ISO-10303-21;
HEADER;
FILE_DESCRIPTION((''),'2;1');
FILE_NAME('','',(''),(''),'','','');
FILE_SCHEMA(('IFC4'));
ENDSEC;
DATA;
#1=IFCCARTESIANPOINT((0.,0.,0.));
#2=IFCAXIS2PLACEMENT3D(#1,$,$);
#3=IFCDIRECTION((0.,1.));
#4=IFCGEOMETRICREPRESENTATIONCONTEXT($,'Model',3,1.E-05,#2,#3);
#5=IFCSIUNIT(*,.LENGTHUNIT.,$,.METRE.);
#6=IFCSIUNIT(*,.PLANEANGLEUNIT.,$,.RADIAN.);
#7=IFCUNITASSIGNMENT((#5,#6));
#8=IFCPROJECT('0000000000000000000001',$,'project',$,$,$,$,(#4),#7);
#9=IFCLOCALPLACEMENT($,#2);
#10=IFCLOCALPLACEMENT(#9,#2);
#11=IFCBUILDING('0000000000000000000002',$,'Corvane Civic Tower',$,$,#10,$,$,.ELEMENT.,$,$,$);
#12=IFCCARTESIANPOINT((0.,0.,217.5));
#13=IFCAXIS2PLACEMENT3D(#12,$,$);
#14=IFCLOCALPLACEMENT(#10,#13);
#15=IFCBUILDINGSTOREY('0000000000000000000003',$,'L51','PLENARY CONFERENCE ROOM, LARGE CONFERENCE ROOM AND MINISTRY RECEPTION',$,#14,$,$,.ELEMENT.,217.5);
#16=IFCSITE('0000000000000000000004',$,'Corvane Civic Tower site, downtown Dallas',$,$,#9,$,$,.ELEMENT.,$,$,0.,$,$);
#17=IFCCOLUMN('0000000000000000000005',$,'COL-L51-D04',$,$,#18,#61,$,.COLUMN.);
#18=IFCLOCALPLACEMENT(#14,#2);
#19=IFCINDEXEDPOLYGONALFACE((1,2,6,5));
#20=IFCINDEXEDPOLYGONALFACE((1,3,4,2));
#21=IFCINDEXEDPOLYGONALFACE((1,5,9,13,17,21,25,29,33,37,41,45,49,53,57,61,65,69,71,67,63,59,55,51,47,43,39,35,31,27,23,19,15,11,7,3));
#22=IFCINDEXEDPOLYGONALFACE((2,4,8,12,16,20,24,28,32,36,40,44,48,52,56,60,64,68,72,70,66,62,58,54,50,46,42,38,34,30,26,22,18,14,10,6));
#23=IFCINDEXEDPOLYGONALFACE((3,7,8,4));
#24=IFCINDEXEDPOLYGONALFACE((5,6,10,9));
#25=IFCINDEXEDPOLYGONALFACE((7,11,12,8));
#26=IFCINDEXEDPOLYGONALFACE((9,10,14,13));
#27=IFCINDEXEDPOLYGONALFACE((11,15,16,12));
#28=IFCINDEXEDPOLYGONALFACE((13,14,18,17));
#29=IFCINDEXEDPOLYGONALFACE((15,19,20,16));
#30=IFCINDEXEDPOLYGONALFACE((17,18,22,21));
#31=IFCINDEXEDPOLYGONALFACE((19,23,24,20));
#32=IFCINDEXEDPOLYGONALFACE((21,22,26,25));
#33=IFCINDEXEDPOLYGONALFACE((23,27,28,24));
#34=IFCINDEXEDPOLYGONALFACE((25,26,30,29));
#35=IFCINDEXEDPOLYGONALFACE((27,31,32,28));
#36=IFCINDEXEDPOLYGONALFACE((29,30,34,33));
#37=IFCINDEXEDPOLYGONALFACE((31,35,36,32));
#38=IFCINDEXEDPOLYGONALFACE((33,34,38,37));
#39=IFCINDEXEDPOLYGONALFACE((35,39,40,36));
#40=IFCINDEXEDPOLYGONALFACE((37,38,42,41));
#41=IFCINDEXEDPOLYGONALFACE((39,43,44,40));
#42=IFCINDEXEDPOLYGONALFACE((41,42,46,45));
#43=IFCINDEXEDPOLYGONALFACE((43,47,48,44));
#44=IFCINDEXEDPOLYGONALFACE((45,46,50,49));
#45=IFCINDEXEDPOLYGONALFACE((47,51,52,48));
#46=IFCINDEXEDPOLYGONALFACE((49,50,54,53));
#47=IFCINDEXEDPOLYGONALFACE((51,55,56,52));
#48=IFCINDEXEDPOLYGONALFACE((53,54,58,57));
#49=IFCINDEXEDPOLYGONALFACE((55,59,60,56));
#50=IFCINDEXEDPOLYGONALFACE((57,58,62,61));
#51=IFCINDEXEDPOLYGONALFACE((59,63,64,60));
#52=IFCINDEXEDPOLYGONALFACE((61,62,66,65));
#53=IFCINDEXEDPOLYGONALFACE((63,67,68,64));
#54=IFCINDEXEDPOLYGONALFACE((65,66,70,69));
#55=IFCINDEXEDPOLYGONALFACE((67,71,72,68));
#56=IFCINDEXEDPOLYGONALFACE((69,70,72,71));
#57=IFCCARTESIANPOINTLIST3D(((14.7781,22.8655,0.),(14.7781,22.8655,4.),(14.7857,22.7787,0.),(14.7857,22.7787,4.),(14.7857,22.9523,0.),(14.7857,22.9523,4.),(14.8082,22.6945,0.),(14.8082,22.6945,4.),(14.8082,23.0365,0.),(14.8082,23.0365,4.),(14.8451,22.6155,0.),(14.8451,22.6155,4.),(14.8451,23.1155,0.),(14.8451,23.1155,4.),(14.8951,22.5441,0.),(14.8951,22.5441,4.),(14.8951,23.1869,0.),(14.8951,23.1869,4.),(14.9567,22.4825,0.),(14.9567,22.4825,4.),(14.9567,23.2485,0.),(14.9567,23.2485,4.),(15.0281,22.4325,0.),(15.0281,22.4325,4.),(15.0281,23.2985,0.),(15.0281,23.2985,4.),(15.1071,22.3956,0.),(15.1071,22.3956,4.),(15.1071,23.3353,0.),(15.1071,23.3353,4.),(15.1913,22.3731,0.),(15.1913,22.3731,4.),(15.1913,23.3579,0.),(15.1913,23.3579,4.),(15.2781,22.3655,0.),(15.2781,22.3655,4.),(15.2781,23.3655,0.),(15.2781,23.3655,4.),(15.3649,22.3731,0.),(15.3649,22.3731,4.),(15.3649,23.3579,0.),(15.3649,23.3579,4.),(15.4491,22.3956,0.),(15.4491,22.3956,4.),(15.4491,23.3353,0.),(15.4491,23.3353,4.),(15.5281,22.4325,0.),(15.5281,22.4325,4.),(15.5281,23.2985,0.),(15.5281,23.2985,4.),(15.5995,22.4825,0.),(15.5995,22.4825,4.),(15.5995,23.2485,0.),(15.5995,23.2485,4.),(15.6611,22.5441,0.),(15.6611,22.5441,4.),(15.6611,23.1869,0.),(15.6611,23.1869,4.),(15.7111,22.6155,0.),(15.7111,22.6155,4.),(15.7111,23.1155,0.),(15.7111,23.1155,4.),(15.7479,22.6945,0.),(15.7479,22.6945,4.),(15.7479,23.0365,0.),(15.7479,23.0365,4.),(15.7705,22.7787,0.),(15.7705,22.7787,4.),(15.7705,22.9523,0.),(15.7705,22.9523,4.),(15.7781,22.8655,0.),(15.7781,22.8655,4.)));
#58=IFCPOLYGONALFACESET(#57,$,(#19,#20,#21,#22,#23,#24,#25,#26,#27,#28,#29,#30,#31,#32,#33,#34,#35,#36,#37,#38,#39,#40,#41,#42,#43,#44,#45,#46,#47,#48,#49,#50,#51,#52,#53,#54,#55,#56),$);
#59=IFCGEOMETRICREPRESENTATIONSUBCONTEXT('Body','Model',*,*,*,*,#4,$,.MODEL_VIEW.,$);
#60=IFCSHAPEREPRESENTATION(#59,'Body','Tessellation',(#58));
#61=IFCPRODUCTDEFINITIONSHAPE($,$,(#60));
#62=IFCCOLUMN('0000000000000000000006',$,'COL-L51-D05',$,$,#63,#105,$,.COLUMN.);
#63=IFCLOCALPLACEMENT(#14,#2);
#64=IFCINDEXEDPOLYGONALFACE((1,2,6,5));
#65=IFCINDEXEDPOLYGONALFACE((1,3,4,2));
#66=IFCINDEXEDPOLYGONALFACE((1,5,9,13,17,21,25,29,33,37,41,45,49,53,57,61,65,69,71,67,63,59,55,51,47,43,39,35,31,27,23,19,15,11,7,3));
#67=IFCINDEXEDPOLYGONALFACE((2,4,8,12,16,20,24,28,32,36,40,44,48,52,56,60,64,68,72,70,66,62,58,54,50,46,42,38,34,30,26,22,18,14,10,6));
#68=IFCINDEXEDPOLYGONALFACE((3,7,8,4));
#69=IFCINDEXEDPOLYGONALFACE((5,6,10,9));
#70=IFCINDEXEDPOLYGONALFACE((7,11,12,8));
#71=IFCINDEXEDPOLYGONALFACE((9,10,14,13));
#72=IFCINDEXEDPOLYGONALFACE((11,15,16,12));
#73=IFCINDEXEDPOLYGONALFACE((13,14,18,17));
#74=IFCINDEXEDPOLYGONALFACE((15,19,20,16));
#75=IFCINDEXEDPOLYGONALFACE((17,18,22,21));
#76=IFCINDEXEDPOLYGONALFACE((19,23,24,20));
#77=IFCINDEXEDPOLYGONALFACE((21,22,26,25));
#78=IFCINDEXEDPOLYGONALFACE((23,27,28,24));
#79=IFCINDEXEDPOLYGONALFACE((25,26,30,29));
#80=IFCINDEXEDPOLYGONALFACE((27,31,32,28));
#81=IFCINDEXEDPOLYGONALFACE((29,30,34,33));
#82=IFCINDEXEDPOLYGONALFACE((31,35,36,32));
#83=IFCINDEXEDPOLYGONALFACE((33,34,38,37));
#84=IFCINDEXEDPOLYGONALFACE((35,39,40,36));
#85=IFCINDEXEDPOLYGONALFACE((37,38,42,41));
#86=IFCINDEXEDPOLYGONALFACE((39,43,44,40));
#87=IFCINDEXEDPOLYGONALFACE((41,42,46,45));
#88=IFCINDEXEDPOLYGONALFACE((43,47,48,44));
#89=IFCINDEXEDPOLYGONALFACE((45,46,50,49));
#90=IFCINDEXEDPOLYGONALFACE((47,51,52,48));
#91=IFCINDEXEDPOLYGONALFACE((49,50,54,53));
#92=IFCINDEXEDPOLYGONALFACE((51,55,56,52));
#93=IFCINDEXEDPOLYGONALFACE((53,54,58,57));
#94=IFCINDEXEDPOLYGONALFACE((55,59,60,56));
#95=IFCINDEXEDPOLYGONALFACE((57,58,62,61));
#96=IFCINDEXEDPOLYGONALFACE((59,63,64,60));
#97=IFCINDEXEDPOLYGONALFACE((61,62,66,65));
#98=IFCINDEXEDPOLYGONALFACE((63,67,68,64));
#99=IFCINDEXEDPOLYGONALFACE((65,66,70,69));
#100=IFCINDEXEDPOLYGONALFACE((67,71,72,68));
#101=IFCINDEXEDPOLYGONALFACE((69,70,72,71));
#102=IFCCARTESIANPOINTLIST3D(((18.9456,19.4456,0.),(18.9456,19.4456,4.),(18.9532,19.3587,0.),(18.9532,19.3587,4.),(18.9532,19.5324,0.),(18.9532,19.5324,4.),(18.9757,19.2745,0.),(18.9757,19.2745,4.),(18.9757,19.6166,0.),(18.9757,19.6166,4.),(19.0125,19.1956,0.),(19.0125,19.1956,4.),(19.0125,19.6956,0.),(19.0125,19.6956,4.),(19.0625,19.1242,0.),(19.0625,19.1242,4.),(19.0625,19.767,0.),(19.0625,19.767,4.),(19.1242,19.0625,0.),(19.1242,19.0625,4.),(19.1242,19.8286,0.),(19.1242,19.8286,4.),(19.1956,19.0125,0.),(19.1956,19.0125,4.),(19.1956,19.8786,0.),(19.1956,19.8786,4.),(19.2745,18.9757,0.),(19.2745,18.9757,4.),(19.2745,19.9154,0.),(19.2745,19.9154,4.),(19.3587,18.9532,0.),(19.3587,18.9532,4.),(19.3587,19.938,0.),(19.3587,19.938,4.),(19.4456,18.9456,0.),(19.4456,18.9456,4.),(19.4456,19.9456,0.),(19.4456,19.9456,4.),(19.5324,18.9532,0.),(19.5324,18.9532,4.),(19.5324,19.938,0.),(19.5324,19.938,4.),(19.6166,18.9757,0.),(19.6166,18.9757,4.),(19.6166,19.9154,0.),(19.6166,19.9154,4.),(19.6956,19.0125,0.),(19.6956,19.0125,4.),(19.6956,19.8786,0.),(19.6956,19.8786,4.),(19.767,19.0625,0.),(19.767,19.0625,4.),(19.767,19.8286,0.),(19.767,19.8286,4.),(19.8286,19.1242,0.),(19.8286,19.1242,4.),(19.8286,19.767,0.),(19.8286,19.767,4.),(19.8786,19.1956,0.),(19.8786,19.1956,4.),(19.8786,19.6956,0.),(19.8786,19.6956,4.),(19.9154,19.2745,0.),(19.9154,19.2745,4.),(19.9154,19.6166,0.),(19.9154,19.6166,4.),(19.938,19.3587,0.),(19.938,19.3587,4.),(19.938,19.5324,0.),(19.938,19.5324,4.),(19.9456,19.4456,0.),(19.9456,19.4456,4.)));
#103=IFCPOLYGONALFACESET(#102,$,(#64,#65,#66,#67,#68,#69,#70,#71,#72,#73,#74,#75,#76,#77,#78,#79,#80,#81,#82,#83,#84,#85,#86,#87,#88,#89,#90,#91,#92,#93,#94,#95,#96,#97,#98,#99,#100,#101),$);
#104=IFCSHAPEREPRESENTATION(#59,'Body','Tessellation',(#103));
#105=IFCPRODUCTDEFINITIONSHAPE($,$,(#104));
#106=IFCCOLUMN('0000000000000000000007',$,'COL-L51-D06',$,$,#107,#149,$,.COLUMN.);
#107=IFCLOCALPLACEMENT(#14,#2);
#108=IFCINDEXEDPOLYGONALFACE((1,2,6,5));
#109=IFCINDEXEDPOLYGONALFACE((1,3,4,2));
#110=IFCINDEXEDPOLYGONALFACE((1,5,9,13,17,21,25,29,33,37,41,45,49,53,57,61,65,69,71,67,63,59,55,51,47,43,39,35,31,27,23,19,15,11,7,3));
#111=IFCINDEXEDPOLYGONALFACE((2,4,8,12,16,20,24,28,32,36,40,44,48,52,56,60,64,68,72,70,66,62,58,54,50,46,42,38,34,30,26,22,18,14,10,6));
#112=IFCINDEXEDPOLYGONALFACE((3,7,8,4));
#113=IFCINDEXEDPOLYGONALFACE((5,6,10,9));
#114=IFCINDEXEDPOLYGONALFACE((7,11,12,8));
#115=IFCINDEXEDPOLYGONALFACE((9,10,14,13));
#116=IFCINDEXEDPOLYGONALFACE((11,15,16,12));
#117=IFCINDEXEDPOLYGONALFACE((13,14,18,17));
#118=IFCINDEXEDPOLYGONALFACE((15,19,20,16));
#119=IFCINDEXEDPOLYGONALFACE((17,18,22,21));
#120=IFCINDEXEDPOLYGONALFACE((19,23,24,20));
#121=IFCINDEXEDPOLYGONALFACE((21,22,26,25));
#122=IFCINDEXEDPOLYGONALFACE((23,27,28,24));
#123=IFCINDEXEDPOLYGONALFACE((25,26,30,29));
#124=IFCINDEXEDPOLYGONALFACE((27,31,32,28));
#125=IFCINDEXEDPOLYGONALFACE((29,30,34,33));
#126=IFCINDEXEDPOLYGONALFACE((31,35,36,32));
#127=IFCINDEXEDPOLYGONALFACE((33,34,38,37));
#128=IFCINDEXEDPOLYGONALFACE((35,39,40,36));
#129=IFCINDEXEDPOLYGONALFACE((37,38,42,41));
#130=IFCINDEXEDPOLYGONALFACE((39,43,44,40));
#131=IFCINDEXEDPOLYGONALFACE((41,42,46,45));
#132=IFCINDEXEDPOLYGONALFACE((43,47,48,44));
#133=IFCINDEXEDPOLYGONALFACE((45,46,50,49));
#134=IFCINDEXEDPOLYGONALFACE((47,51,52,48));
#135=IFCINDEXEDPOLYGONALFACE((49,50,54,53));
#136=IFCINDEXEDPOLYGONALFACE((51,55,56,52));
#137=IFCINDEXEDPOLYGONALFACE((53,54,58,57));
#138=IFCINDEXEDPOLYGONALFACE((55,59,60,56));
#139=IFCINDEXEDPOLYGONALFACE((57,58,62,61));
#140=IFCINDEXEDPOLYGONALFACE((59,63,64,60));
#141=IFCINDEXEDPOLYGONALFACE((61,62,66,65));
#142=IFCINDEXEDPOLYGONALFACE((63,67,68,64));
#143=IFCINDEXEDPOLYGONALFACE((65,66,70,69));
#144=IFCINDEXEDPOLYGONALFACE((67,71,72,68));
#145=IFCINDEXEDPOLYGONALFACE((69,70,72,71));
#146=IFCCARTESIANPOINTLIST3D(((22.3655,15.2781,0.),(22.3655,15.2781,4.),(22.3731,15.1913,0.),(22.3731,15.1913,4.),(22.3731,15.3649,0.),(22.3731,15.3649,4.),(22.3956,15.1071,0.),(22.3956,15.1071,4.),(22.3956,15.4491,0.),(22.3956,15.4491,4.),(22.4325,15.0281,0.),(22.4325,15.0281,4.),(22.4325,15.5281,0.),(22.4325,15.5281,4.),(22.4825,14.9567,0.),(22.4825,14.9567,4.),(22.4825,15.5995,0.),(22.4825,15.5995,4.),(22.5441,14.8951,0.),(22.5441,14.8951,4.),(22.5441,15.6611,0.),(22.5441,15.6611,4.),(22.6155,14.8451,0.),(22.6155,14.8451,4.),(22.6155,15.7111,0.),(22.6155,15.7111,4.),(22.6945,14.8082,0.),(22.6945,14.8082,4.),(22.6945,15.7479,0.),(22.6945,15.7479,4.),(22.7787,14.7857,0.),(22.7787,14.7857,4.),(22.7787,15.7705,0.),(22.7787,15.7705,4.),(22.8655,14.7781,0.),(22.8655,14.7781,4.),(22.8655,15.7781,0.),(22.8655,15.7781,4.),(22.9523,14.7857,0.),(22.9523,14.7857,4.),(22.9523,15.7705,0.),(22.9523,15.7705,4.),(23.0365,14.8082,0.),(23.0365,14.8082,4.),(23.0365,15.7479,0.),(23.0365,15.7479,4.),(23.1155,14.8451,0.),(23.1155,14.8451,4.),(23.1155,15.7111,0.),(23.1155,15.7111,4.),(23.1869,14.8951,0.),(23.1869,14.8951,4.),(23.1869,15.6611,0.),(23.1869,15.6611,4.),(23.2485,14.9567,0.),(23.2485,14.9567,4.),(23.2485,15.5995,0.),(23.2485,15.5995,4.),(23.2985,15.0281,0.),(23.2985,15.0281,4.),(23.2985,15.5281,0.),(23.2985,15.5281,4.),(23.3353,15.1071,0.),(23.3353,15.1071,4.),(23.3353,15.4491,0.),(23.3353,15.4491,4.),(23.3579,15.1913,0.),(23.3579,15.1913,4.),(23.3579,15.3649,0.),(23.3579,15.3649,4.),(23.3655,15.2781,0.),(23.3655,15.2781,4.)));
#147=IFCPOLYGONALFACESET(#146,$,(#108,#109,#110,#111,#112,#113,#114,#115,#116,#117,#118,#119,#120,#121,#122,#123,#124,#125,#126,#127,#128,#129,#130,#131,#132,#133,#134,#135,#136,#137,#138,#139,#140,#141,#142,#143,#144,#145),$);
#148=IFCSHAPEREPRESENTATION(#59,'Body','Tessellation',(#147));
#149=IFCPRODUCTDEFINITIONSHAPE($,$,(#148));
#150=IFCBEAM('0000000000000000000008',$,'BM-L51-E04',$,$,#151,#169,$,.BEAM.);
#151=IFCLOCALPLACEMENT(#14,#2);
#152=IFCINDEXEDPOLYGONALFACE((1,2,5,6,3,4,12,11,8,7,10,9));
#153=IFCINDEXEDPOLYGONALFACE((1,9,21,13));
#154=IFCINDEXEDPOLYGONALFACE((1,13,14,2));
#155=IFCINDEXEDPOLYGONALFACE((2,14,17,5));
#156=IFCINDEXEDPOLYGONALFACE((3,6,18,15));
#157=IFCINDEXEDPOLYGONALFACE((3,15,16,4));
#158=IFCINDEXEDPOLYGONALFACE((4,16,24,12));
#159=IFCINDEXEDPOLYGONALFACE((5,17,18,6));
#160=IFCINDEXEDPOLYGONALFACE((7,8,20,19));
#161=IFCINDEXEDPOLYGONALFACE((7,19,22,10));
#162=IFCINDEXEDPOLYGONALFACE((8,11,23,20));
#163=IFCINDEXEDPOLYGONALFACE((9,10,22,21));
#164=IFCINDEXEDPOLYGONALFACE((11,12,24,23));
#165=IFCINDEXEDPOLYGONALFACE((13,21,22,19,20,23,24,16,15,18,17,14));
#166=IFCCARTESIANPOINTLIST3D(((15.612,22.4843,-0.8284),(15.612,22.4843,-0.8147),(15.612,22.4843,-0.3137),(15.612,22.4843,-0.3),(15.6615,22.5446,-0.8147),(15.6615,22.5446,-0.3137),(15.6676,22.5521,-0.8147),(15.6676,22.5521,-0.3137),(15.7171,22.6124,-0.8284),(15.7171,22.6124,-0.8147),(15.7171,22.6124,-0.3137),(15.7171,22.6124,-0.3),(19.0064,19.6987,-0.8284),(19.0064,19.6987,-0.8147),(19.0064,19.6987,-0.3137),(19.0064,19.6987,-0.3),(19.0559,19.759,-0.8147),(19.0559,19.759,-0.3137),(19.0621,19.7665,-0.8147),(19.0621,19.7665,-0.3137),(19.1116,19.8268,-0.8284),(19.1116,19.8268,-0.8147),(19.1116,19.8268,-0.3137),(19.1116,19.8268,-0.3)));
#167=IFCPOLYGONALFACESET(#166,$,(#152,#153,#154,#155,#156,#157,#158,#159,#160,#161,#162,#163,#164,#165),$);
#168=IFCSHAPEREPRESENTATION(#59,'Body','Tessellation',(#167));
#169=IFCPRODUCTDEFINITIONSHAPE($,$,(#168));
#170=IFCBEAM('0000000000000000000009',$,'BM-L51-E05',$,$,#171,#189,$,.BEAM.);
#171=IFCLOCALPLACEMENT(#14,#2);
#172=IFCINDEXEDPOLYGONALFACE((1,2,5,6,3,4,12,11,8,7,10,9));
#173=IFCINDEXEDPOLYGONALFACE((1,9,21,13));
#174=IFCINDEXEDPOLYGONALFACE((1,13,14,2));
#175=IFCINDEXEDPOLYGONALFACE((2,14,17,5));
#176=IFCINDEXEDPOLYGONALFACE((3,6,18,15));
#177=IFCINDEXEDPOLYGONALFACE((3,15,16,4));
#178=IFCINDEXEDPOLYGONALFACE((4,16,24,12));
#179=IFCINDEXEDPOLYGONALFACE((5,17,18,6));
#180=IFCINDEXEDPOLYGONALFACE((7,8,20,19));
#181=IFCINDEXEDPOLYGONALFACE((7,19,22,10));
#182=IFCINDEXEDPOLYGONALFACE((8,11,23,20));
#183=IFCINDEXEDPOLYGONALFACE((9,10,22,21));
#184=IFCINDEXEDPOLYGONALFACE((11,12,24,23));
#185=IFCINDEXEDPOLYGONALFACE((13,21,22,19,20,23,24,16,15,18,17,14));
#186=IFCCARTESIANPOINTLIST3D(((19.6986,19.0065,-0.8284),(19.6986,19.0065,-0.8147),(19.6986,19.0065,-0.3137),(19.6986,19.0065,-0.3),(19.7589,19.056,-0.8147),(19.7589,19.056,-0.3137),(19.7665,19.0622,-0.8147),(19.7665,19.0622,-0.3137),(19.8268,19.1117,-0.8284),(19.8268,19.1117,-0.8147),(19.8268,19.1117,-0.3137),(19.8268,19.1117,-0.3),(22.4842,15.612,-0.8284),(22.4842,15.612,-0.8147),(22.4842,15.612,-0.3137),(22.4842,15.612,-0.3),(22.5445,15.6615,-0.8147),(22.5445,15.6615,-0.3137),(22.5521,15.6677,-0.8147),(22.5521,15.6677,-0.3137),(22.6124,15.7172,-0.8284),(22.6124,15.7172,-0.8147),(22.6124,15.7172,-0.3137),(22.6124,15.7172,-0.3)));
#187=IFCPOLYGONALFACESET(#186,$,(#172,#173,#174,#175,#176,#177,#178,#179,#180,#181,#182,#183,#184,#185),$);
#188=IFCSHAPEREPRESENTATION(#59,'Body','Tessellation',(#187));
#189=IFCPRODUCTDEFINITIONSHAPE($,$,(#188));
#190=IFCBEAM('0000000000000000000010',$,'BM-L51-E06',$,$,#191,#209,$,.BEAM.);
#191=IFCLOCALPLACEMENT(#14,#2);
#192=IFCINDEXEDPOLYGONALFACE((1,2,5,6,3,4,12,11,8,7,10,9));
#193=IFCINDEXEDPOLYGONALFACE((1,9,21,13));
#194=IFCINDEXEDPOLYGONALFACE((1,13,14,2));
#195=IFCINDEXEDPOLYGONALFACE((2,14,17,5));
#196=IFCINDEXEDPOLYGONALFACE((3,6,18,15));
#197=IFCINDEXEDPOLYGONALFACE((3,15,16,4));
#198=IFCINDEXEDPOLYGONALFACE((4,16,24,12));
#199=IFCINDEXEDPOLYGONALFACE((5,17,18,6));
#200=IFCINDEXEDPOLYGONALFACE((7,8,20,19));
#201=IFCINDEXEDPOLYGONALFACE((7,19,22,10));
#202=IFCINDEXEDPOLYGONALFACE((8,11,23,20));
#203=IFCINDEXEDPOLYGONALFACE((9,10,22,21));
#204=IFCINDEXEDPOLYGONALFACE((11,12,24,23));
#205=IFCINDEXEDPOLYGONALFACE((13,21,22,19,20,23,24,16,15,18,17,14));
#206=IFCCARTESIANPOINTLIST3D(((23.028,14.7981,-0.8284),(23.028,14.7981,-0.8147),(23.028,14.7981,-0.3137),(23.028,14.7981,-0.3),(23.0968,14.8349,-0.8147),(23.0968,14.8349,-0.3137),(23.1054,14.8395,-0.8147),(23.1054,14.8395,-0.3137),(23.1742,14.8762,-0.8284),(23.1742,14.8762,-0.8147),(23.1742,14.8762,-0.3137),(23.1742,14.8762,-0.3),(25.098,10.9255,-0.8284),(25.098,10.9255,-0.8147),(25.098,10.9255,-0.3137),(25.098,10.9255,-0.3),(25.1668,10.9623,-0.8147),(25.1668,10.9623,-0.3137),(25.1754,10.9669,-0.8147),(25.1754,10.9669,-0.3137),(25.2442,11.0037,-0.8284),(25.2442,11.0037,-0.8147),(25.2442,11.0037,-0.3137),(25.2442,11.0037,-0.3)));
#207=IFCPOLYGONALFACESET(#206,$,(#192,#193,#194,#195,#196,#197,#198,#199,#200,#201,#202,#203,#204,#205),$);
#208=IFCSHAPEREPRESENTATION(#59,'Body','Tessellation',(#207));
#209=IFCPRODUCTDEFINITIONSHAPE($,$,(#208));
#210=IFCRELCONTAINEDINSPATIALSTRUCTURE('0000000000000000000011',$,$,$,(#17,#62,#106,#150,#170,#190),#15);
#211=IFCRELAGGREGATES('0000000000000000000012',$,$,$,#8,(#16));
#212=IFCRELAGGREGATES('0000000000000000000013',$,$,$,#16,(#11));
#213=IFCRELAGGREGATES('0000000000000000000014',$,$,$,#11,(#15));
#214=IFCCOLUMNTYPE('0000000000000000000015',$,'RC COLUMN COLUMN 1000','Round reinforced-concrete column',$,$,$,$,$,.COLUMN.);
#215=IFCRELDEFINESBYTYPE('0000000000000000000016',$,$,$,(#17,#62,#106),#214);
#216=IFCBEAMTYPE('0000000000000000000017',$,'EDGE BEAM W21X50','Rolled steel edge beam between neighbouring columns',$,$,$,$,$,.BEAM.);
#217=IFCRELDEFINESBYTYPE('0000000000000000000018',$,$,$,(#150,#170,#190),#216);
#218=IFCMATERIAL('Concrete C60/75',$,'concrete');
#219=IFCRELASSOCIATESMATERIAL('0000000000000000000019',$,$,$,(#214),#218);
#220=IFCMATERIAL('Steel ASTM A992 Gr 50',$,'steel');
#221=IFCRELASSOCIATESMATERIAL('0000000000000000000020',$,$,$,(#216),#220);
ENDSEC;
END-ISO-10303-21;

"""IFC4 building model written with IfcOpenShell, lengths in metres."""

from ifc_helpers import new_model, si_unit, direction, frame, origin, origin_2d, place, context, subcontext, project, spatial, circle, i_section, extrude, material, material_profile, profile_set, type_object, element, save


model = new_model("IFC4")

# Units and contexts
model_context = context("Model", 3, precision=1e-05, world=origin(), true_north=direction((0.0, 1.0)))
body_context = subcontext(model_context, "Body", "Model", "MODEL_VIEW")
ifc_project = project(units=[si_unit("LENGTHUNIT", "METRE"), si_unit("PLANEANGLEUNIT", "RADIAN")], contexts=[model_context])

# Site, building, storey
site_placement = place(None, origin())
site = spatial("IfcSite", under=ifc_project, at=site_placement, Name="Corvane Civic Tower site, downtown Dallas", CompositionType="ELEMENT", RefElevation=0.0)
building_placement = place(site_placement, origin())
building = spatial("IfcBuilding", under=site, at=building_placement, Name="Corvane Civic Tower", CompositionType="ELEMENT")
storey_placement = place(building_placement, frame((0.0, 0.0, 217.5)))
storey = spatial("IfcBuildingStorey", under=building, at=storey_placement, Name="L51", Description="PLENARY CONFERENCE ROOM, LARGE CONFERENCE ROOM AND MINISTRY RECEPTION", CompositionType="ELEMENT", Elevation=217.5)

# Columns
ifc_material_1 = material(Name="Concrete C60/75", Category="concrete")
ifc_material_profile_1 = material_profile(ifc_material_1, circle(Radius=0.5, at=origin_2d()), Name="COLUMN 1000")
ifc_profile_set_1 = profile_set([ifc_material_profile_1], Name="Concrete C60/75")
column_type = type_object("IfcColumnType", Name="RC COLUMN COLUMN 1000", Description="Round reinforced-concrete column", PredefinedType="COLUMN", material=ifc_profile_set_1)
for number, where, z_axis, x_axis, name in (
    (1, (15.2781, 22.8655, 0.0), (0.0, 0.0, 1.0), (1.0, 0.0, 0.0), "COL-L51-D04"),
    (2, (19.4456, 19.4456, 0.0), (0.0, 0.0, 1.0), (1.0, 0.0, 0.0), "COL-L51-D05"),
    (3, (22.8655, 15.2781, 0.0), (0.0, 0.0, 1.0), (1.0, 0.0, 0.0), "COL-L51-D06"),
):
    element("IfcColumn", number, at=place(storey_placement, frame(where, z_axis=z_axis, x_axis=x_axis)), inside=storey, type_object=column_type, Name=name, PredefinedType="COLUMN", context=body_context, shape_type="SweptSolid", body=[
        extrude(circle(Radius=0.5, at=origin_2d()), origin(), (0.0, 0.0, 1.0), 4.0),
    ])

# Beams
ifc_material_2 = material(Name="Steel ASTM A992 Gr 50", Category="steel")
ifc_material_profile_2 = material_profile(ifc_material_2, i_section(OverallWidth=0.1658, OverallDepth=0.5283, WebThickness=0.0098, FlangeThickness=0.0137, at=origin_2d()), Name="W21X50")
ifc_profile_set_2 = profile_set([ifc_material_profile_2], Name="Steel ASTM A992 Gr 50")
beam_type_1 = type_object("IfcBeamType", Name="EDGE BEAM W21X50", Description="Rolled steel edge beam between neighbouring columns", PredefinedType="BEAM", material=ifc_profile_set_2)
for number, where, z_axis, x_axis, name in (
    (4, (15.6646, 22.5483, -0.5642), (0.77303, -0.634369, 0.0), (0.634369, 0.77303, 0.0), "BM-L51-E04"),
    (5, (19.7627, 19.0591, -0.5642), (0.634369, -0.77303, 0.0), (0.77303, 0.634369, 0.0), "BM-L51-E05"),
    (6, (23.1011, 14.8372, -0.5642), (0.471422, -0.881908, 0.0), (0.881908, 0.471422, 0.0), "BM-L51-E06"),
):
    element("IfcBeam", number, at=place(storey_placement, frame(where, z_axis=z_axis, x_axis=x_axis)), inside=storey, type_object=beam_type_1, Name=name, PredefinedType="BEAM", context=body_context, shape_type="SweptSolid", body=[
        extrude(i_section(OverallWidth=0.1658, OverallDepth=0.5283, WebThickness=0.0098, FlangeThickness=0.0137, at=origin_2d()), origin(), (0.0, 0.0, 1.0), 4.3911),
    ])

save(model, "model.ifc")
